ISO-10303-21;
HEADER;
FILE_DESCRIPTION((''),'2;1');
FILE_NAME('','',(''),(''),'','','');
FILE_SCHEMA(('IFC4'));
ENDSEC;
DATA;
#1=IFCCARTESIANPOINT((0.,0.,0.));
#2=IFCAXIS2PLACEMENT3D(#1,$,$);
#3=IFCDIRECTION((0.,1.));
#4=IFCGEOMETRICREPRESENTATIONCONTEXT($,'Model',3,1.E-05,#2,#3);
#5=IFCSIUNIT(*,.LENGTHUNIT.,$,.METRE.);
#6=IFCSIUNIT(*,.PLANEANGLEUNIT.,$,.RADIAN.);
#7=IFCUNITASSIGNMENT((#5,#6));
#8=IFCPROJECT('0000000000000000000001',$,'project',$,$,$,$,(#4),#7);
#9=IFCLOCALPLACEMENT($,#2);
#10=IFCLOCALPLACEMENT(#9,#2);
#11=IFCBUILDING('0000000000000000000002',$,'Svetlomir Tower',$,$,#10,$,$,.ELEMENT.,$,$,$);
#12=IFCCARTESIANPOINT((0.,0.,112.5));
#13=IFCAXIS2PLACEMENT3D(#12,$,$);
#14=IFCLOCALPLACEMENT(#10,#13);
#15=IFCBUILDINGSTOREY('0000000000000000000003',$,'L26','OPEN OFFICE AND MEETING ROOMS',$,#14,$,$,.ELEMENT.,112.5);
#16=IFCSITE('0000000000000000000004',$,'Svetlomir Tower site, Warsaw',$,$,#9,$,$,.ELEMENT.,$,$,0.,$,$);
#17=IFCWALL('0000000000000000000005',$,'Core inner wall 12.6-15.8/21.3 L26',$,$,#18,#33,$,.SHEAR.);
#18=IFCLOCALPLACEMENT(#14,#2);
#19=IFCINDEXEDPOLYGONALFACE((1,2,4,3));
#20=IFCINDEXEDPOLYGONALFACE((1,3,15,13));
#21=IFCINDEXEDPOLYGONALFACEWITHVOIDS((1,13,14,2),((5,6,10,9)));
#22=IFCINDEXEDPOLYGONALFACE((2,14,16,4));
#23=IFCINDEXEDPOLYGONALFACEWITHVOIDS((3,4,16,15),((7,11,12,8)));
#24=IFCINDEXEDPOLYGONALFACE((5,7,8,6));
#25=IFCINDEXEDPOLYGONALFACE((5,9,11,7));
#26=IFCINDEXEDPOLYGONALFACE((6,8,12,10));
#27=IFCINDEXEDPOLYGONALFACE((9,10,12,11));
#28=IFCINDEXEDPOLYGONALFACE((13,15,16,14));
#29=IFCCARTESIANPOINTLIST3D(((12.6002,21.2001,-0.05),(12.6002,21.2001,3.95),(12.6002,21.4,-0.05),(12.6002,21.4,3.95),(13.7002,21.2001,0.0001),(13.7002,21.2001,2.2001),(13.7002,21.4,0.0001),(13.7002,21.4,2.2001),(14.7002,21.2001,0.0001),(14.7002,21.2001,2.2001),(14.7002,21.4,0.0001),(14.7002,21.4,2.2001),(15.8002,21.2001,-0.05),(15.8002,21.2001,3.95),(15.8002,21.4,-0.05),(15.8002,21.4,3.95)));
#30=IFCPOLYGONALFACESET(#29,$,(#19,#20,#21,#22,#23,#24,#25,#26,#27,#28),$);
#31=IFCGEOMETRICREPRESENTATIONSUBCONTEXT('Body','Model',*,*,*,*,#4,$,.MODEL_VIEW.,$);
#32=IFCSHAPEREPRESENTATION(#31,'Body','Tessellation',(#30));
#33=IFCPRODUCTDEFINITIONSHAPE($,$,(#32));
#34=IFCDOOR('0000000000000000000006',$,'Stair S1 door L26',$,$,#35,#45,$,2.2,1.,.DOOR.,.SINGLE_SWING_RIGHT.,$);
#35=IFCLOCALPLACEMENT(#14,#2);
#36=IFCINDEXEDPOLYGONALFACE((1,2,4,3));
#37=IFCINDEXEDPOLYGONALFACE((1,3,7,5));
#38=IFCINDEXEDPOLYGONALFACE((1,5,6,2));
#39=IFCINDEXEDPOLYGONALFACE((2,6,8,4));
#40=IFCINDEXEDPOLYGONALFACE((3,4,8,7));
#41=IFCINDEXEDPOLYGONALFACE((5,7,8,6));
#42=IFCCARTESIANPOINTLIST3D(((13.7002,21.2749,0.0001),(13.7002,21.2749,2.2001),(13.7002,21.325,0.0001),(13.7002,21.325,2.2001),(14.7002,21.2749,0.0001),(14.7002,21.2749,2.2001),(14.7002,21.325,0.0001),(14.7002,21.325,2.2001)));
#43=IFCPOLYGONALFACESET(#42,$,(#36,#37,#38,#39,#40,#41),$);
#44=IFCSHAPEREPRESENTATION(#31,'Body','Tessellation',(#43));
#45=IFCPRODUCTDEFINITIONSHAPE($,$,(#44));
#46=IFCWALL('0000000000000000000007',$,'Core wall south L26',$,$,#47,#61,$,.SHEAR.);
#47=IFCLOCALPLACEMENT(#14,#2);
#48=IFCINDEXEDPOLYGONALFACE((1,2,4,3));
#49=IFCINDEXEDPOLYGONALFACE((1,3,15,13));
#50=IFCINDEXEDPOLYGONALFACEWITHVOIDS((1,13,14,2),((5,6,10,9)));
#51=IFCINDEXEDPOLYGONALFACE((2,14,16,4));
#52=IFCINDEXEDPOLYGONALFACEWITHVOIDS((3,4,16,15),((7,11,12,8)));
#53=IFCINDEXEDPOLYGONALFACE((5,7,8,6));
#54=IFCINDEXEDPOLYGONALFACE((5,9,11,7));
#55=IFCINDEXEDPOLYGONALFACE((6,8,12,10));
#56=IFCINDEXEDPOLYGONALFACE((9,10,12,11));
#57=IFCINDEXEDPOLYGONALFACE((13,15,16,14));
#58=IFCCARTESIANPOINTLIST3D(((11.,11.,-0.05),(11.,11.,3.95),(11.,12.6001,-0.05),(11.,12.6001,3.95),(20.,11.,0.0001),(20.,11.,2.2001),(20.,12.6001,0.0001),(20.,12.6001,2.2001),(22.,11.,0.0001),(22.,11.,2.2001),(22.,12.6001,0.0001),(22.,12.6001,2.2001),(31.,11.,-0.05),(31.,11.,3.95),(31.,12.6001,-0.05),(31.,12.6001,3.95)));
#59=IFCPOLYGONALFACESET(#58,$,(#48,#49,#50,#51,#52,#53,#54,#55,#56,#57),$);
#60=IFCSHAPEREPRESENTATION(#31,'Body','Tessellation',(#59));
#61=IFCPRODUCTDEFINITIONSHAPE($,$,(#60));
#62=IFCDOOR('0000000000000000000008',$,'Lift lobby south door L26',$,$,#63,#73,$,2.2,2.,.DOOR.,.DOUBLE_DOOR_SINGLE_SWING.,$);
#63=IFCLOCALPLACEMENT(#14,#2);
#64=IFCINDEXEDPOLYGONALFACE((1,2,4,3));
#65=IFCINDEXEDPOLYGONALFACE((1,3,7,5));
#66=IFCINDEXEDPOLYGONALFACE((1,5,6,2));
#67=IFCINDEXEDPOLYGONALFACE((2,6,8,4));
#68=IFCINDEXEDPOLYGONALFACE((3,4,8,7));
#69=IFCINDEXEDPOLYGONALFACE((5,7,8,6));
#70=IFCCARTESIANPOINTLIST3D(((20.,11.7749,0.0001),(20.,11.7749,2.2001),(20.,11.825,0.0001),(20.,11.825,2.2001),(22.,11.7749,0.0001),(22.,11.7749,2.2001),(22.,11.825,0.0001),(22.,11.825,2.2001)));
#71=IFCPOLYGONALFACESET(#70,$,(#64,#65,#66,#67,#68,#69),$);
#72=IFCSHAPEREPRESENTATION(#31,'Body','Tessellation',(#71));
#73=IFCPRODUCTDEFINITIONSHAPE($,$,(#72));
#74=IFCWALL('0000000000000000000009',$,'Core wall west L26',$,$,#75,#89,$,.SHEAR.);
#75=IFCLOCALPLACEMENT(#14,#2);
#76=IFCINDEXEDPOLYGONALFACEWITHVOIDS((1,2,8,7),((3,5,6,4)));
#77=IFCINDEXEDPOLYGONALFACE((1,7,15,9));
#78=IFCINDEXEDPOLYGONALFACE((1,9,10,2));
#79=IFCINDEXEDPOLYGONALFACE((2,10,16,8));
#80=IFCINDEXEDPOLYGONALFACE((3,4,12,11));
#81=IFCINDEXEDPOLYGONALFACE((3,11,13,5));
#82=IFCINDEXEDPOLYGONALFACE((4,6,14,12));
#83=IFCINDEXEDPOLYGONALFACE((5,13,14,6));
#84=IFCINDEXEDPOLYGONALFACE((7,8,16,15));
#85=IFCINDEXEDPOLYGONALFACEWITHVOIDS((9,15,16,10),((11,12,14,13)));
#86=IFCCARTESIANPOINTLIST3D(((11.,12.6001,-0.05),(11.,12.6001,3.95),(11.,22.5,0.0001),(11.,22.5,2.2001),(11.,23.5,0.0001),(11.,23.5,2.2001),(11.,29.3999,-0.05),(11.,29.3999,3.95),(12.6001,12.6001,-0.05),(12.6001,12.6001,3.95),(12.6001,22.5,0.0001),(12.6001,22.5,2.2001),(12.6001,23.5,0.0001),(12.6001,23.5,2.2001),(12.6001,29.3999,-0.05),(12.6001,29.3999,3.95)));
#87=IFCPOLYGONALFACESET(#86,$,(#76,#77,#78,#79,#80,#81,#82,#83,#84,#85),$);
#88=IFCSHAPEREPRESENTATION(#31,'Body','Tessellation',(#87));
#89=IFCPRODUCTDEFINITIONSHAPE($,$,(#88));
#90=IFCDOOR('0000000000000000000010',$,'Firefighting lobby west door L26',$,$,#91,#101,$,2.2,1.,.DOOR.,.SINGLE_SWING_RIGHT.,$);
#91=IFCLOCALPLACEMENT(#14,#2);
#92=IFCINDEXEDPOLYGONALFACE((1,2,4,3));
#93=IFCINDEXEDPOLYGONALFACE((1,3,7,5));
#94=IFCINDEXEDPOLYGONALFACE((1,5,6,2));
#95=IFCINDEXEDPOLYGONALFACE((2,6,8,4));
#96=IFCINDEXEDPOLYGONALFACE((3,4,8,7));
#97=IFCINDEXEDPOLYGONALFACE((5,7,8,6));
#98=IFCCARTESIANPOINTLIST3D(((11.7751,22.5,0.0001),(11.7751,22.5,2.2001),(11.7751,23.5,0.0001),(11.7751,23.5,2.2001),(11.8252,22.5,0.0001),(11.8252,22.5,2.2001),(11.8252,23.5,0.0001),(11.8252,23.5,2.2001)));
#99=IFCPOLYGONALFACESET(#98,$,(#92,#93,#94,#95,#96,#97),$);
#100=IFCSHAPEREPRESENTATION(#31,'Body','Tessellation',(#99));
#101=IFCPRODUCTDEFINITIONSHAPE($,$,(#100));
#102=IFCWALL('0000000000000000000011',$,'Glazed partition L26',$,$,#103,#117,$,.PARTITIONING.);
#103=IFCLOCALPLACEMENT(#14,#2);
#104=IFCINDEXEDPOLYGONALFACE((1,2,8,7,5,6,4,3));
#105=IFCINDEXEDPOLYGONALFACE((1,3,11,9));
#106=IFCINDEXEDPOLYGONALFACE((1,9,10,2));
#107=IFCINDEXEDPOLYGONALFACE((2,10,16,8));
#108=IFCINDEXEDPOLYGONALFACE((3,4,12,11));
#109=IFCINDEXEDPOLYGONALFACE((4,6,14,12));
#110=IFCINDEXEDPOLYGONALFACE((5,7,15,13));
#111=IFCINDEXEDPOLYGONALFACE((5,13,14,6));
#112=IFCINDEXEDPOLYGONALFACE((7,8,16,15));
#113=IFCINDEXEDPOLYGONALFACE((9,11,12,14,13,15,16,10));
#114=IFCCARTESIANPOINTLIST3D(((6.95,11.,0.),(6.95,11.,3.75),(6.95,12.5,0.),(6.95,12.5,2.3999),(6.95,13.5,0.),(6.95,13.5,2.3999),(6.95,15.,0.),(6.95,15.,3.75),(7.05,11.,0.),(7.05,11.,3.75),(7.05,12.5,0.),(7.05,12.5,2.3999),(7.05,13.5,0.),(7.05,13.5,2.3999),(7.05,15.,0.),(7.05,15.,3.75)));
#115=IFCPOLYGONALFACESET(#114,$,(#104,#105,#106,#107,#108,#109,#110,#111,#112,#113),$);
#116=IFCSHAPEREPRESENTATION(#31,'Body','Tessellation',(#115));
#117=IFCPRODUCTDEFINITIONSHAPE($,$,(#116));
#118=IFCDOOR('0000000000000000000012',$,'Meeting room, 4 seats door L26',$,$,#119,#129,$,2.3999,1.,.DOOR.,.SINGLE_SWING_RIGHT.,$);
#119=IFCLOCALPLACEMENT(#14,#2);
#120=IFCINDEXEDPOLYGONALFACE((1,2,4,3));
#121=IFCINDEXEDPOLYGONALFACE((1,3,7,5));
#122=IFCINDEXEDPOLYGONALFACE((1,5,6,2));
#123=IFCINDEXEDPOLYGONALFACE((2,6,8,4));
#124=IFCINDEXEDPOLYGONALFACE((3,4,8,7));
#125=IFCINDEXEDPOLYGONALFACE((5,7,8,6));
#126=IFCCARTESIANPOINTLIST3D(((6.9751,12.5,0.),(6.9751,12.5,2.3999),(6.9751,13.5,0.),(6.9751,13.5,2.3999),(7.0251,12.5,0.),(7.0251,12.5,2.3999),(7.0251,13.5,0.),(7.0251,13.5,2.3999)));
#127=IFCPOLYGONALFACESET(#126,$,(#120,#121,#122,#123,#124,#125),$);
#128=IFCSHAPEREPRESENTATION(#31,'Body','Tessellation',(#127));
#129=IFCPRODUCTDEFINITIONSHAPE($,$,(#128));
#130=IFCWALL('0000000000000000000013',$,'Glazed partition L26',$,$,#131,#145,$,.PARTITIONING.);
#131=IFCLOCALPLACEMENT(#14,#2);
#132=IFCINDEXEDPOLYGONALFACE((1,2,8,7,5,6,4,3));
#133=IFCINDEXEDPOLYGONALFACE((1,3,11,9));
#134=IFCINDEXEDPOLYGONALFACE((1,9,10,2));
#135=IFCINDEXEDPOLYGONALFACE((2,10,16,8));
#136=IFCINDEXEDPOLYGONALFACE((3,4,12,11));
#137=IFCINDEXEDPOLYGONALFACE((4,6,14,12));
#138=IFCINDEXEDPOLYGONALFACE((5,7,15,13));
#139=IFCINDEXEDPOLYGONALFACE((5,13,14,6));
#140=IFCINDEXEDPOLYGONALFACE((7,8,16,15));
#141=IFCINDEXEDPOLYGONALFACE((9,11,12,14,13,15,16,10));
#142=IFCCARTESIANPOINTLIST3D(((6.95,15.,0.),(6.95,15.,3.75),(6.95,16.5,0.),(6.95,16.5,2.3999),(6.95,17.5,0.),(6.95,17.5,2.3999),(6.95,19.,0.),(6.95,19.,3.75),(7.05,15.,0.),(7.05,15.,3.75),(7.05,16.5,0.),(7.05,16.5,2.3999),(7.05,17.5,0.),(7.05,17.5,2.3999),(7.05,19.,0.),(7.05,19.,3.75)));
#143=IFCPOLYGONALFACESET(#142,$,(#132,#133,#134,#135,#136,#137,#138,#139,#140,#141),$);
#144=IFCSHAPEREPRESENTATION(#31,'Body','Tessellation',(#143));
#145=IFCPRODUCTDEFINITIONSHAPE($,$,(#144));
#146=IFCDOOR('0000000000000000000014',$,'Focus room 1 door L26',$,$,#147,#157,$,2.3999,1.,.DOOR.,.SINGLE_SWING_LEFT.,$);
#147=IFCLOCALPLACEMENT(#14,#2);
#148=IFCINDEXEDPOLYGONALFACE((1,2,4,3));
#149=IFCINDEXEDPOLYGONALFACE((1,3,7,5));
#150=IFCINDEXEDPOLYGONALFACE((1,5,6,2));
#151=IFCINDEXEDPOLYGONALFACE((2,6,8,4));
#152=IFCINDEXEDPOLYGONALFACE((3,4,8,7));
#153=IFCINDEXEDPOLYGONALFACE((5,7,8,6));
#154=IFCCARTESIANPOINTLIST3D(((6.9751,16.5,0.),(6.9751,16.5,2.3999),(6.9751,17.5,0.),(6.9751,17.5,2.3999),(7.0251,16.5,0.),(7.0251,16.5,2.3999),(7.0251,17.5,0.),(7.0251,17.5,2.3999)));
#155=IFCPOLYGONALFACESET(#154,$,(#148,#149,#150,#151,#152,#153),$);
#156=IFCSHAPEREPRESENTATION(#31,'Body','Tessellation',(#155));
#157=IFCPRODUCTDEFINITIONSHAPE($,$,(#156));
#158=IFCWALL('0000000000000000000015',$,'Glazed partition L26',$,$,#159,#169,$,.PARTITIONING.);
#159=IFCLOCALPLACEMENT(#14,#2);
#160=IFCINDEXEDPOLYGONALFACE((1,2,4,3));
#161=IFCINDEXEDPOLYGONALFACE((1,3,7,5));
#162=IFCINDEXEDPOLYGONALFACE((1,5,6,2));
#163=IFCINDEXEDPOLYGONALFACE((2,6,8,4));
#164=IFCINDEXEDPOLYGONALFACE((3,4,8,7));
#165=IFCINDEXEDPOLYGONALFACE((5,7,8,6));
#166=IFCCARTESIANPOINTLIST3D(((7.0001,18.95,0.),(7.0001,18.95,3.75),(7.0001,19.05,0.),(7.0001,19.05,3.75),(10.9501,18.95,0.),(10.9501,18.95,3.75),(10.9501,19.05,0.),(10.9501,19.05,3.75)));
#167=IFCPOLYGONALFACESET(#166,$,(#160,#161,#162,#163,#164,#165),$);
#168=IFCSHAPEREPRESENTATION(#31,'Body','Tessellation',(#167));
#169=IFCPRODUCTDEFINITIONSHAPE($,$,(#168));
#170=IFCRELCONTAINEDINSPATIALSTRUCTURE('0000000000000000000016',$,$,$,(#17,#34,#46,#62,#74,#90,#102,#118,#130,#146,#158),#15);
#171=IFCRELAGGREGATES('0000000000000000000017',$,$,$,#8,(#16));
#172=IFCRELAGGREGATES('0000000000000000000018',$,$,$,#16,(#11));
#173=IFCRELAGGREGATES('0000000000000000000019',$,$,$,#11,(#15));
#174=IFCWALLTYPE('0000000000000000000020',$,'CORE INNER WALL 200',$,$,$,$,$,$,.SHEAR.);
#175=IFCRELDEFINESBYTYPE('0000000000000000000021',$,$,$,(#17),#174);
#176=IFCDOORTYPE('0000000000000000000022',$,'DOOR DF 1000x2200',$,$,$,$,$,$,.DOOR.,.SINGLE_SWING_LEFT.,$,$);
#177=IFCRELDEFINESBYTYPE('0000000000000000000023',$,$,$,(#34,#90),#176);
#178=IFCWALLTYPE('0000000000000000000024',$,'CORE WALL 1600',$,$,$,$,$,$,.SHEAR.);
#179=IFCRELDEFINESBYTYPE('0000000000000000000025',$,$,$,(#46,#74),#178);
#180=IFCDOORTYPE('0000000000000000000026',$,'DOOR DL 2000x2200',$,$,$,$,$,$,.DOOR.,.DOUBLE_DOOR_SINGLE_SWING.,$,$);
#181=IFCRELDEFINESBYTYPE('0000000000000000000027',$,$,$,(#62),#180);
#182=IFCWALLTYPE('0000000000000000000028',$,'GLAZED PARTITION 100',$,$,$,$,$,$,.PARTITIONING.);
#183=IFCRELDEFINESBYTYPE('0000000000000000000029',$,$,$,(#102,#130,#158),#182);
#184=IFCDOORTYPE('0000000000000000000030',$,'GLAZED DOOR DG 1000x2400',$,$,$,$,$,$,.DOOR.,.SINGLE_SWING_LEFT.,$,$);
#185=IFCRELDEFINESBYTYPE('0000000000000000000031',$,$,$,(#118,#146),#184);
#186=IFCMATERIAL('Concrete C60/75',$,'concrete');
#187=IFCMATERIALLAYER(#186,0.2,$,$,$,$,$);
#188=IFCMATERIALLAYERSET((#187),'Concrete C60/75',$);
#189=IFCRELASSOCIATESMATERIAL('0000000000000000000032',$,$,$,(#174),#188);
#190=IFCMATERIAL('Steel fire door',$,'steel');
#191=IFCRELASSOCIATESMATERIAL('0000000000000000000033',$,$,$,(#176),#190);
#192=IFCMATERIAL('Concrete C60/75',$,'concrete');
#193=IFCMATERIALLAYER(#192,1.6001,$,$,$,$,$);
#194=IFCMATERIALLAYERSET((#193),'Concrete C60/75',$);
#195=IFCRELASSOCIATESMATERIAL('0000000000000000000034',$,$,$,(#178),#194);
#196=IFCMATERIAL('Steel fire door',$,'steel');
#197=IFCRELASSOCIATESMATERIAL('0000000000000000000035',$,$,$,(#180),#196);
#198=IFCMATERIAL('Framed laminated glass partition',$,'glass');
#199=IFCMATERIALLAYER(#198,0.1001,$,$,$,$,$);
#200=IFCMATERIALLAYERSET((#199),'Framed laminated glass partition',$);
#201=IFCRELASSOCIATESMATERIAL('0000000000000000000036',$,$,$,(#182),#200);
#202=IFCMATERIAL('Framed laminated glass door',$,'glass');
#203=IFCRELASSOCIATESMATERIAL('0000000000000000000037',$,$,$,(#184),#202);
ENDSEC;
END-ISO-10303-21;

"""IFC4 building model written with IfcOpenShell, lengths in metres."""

from ifc_helpers import new_model, si_unit, direction, frame, frame_2d, origin, place, context, subcontext, project, spatial, rectangle, extrude, material, layer, layer_set, type_object, element, fill, save


model = new_model("IFC4")

# Units and contexts
model_context = context("Model", 3, precision=1e-05, world=origin(), true_north=direction((0.0, 1.0)))
body_context = subcontext(model_context, "Body", "Model", "MODEL_VIEW")
ifc_project = project(units=[si_unit("LENGTHUNIT", "METRE"), si_unit("PLANEANGLEUNIT", "RADIAN")], contexts=[model_context])

# Site, building, storey
site_placement = place(None, origin())
site = spatial("IfcSite", under=ifc_project, at=site_placement, Name="Svetlomir Tower site, Warsaw", CompositionType="ELEMENT", RefElevation=0.0)
building_placement = place(site_placement, origin())
building = spatial("IfcBuilding", under=site, at=building_placement, Name="Svetlomir Tower", CompositionType="ELEMENT")
storey_placement = place(building_placement, frame((0.0, 0.0, 112.5)))
storey = spatial("IfcBuildingStorey", under=building, at=storey_placement, Name="L26", Description="OPEN OFFICE AND MEETING ROOMS", CompositionType="ELEMENT", Elevation=112.5)

# Walls, openings, doors
ifc_material_1 = material(Name="Concrete C60/75", Category="concrete")
ifc_layer_1 = layer(ifc_material_1, 0.2)
ifc_layer_set_1 = layer_set([ifc_layer_1], Name="Concrete C60/75")
wall_type_1 = type_object("IfcWallType", Name="CORE INNER WALL 200", PredefinedType="SHEAR", material=ifc_layer_set_1)
wall_1_placement = place(storey_placement, frame((12.6001, 21.3, -0.05), z_axis=(0.0, 0.0, 1.0), x_axis=(1.0, 0.0, 0.0)))
wall_1 = element("IfcWall", 1, at=wall_1_placement, inside=storey, type_object=wall_type_1, Name="Core inner wall 12.6-15.8/21.3 L26", PredefinedType="SHEAR", context=body_context, shape_type="SweptSolid", body=[
    extrude(rectangle(XDim=3.2, YDim=0.2, at=frame_2d((1.6001, 0.0))), origin(), (0.0, 0.0, 1.0), 4.0),
])
opening_1_placement = place(wall_1_placement, frame((1.1001, 0.0, 0.05)))
opening_1 = element("IfcOpeningElement", 2, at=opening_1_placement, cuts=wall_1, PredefinedType="OPENING", context=body_context, shape_type="SweptSolid", body=[
    extrude(rectangle(XDim=1.0, YDim=2.2, at=frame_2d((0.5, 1.1001))), frame((0.0, 0.1099, 0.0), z_axis=(0.0, -1.0, 0.0), x_axis=(1.0, 0.0, 0.0)), (0.0, 0.0, 1.0), 0.22),
])
ifc_material_2 = material(Name="Steel fire door", Category="steel")
door_type_1 = type_object("IfcDoorType", Name="DOOR DF 1000x2200", OperationType="SINGLE_SWING_LEFT", PredefinedType="DOOR", material=ifc_material_2)
door_1_placement = place(opening_1_placement, origin())
door_1 = element("IfcDoor", 3, at=door_1_placement, inside=storey, type_object=door_type_1, Name="Stair S1 door L26", OperationType="SINGLE_SWING_RIGHT", OverallHeight=2.2, OverallWidth=1.0, PredefinedType="DOOR", context=body_context, shape_type="SweptSolid", body=[
    extrude(rectangle(XDim=1.0, YDim=2.2, at=frame_2d((0.5, 1.1001))), frame((0.0, 0.0249, 0.0), z_axis=(0.0, -1.0, 0.0), x_axis=(1.0, 0.0, 0.0)), (0.0, 0.0, 1.0), 0.05),
])
fill(opening_1, door_1)
ifc_material_3 = material(Name="Concrete C60/75", Category="concrete")
ifc_layer_2 = layer(ifc_material_3, 1.6001)
ifc_layer_set_2 = layer_set([ifc_layer_2], Name="Concrete C60/75")
wall_type_2 = type_object("IfcWallType", Name="CORE WALL 1600", PredefinedType="SHEAR", material=ifc_layer_set_2)
wall_2_placement = place(storey_placement, frame((11.0, 11.8, -0.05), z_axis=(0.0, 0.0, 1.0), x_axis=(1.0, 0.0, 0.0)))
wall_2 = element("IfcWall", 4, at=wall_2_placement, inside=storey, type_object=wall_type_2, Name="Core wall south L26", PredefinedType="SHEAR", context=body_context, shape_type="SweptSolid", body=[
    extrude(rectangle(XDim=20.0, YDim=1.6001, at=frame_2d((10.0, 0.0))), origin(), (0.0, 0.0, 1.0), 4.0),
])
opening_2_placement = place(wall_2_placement, frame((9.0, 0.0, 0.05)))
opening_2 = element("IfcOpeningElement", 5, at=opening_2_placement, cuts=wall_2, PredefinedType="OPENING", context=body_context, shape_type="SweptSolid", body=[
    extrude(rectangle(XDim=2.0, YDim=2.2, at=frame_2d((1.0, 1.1001))), frame((0.0, 0.8101, 0.0), z_axis=(0.0, -1.0, 0.0), x_axis=(1.0, 0.0, 0.0)), (0.0, 0.0, 1.0), 1.6201),
])
ifc_material_4 = material(Name="Steel fire door", Category="steel")
door_type_2 = type_object("IfcDoorType", Name="DOOR DL 2000x2200", OperationType="DOUBLE_DOOR_SINGLE_SWING", PredefinedType="DOOR", material=ifc_material_4)
door_2_placement = place(opening_2_placement, origin())
door_2 = element("IfcDoor", 6, at=door_2_placement, inside=storey, type_object=door_type_2, Name="Lift lobby south door L26", OperationType="DOUBLE_DOOR_SINGLE_SWING", OverallHeight=2.2, OverallWidth=2.0, PredefinedType="DOOR", context=body_context, shape_type="SweptSolid", body=[
    extrude(rectangle(XDim=2.0, YDim=2.2, at=frame_2d((1.0, 1.1001))), frame((0.0, 0.0249, 0.0), z_axis=(0.0, -1.0, 0.0), x_axis=(1.0, 0.0, 0.0)), (0.0, 0.0, 1.0), 0.05),
])
fill(opening_2, door_2)
wall_3_placement = place(storey_placement, frame((11.8, 12.6001, -0.05), z_axis=(0.0, 0.0, 1.0), x_axis=(0.0, 1.0, 0.0)))
wall_3 = element("IfcWall", 7, at=wall_3_placement, inside=storey, type_object=wall_type_2, Name="Core wall west L26", PredefinedType="SHEAR", context=body_context, shape_type="SweptSolid", body=[
    extrude(rectangle(XDim=16.7998, YDim=1.6001, at=frame_2d((8.3999, 0.0))), origin(), (0.0, 0.0, 1.0), 4.0),
])
opening_3_placement = place(wall_3_placement, frame((9.8999, 0.0, 0.05)))
opening_3 = element("IfcOpeningElement", 8, at=opening_3_placement, cuts=wall_3, PredefinedType="OPENING", context=body_context, shape_type="SweptSolid", body=[
    extrude(rectangle(XDim=1.0, YDim=2.2, at=frame_2d((0.5, 1.1001))), frame((0.0, 0.8101, 0.0), z_axis=(0.0, -1.0, 0.0), x_axis=(1.0, 0.0, 0.0)), (0.0, 0.0, 1.0), 1.6201),
])
door_3_placement = place(opening_3_placement, origin())
door_3 = element("IfcDoor", 9, at=door_3_placement, inside=storey, type_object=door_type_1, Name="Firefighting lobby west door L26", OperationType="SINGLE_SWING_RIGHT", OverallHeight=2.2, OverallWidth=1.0, PredefinedType="DOOR", context=body_context, shape_type="SweptSolid", body=[
    extrude(rectangle(XDim=1.0, YDim=2.2, at=frame_2d((0.5, 1.1001))), frame((0.0, 0.0249, 0.0), z_axis=(0.0, -1.0, 0.0), x_axis=(1.0, 0.0, 0.0)), (0.0, 0.0, 1.0), 0.05),
])
fill(opening_3, door_3)
ifc_material_5 = material(Name="Framed laminated glass partition", Category="glass")
ifc_layer_3 = layer(ifc_material_5, 0.1001)
ifc_layer_set_3 = layer_set([ifc_layer_3], Name="Framed laminated glass partition")
wall_type_3 = type_object("IfcWallType", Name="GLAZED PARTITION 100", PredefinedType="PARTITIONING", material=ifc_layer_set_3)
wall_4_placement = place(storey_placement, frame((7.0, 11.0, 0.0), z_axis=(0.0, 0.0, 1.0), x_axis=(0.0, 1.0, 0.0)))
wall_4 = element("IfcWall", 10, at=wall_4_placement, inside=storey, type_object=wall_type_3, Name="Glazed partition L26", PredefinedType="PARTITIONING", context=body_context, shape_type="SweptSolid", body=[
    extrude(rectangle(XDim=4.0, YDim=0.1001, at=frame_2d((2.0, 0.0))), origin(), (0.0, 0.0, 1.0), 3.75),
])
opening_4_placement = place(wall_4_placement, frame((1.5, 0.0, 0.0)))
opening_4 = element("IfcOpeningElement", 11, at=opening_4_placement, cuts=wall_4, PredefinedType="OPENING", context=body_context, shape_type="SweptSolid", body=[
    extrude(rectangle(XDim=1.0, YDim=2.3999, at=frame_2d((0.5, 1.2))), frame((0.0, 0.0601, 0.0), z_axis=(0.0, -1.0, 0.0), x_axis=(1.0, 0.0, 0.0)), (0.0, 0.0, 1.0), 0.1201),
])
ifc_material_6 = material(Name="Framed laminated glass door", Category="glass")
door_type_3 = type_object("IfcDoorType", Name="GLAZED DOOR DG 1000x2400", OperationType="SINGLE_SWING_LEFT", PredefinedType="DOOR", material=ifc_material_6)
door_4_placement = place(opening_4_placement, origin())
door_4 = element("IfcDoor", 12, at=door_4_placement, inside=storey, type_object=door_type_3, Name="Meeting room, 4 seats door L26", OperationType="SINGLE_SWING_RIGHT", OverallHeight=2.3999, OverallWidth=1.0, PredefinedType="DOOR", context=body_context, shape_type="SweptSolid", body=[
    extrude(rectangle(XDim=1.0, YDim=2.3999, at=frame_2d((0.5, 1.2))), frame((0.0, 0.0249, 0.0), z_axis=(0.0, -1.0, 0.0), x_axis=(1.0, 0.0, 0.0)), (0.0, 0.0, 1.0), 0.05),
])
fill(opening_4, door_4)
wall_5_placement = place(storey_placement, frame((7.0, 15.0, 0.0), z_axis=(0.0, 0.0, 1.0), x_axis=(0.0, 1.0, 0.0)))
wall_5 = element("IfcWall", 13, at=wall_5_placement, inside=storey, type_object=wall_type_3, Name="Glazed partition L26", PredefinedType="PARTITIONING", context=body_context, shape_type="SweptSolid", body=[
    extrude(rectangle(XDim=4.0, YDim=0.1001, at=frame_2d((2.0, 0.0))), origin(), (0.0, 0.0, 1.0), 3.75),
])
opening_5_placement = place(wall_5_placement, frame((1.5, 0.0, 0.0)))
opening_5 = element("IfcOpeningElement", 14, at=opening_5_placement, cuts=wall_5, PredefinedType="OPENING", context=body_context, shape_type="SweptSolid", body=[
    extrude(rectangle(XDim=1.0, YDim=2.3999, at=frame_2d((0.5, 1.2))), frame((0.0, 0.0601, 0.0), z_axis=(0.0, -1.0, 0.0), x_axis=(1.0, 0.0, 0.0)), (0.0, 0.0, 1.0), 0.1201),
])
door_5_placement = place(opening_5_placement, origin())
door_5 = element("IfcDoor", 15, at=door_5_placement, inside=storey, type_object=door_type_3, Name="Focus room 1 door L26", OperationType="SINGLE_SWING_LEFT", OverallHeight=2.3999, OverallWidth=1.0, PredefinedType="DOOR", context=body_context, shape_type="SweptSolid", body=[
    extrude(rectangle(XDim=1.0, YDim=2.3999, at=frame_2d((0.5, 1.2))), frame((0.0, 0.0249, 0.0), z_axis=(0.0, -1.0, 0.0), x_axis=(1.0, 0.0, 0.0)), (0.0, 0.0, 1.0), 0.05),
])
fill(opening_5, door_5)

# Wall
wall_6_placement = place(storey_placement, frame((7.0, 19.0, 0.0), z_axis=(0.0, 0.0, 1.0), x_axis=(1.0, 0.0, 0.0)))
element("IfcWall", 16, at=wall_6_placement, inside=storey, type_object=wall_type_3, Name="Glazed partition L26", PredefinedType="PARTITIONING", context=body_context, shape_type="SweptSolid", body=[
    extrude(rectangle(XDim=3.95, YDim=0.1001, at=frame_2d((1.9751, 0.0))), origin(), (0.0, 0.0, 1.0), 3.75),
])

save(model, "model.ifc")
